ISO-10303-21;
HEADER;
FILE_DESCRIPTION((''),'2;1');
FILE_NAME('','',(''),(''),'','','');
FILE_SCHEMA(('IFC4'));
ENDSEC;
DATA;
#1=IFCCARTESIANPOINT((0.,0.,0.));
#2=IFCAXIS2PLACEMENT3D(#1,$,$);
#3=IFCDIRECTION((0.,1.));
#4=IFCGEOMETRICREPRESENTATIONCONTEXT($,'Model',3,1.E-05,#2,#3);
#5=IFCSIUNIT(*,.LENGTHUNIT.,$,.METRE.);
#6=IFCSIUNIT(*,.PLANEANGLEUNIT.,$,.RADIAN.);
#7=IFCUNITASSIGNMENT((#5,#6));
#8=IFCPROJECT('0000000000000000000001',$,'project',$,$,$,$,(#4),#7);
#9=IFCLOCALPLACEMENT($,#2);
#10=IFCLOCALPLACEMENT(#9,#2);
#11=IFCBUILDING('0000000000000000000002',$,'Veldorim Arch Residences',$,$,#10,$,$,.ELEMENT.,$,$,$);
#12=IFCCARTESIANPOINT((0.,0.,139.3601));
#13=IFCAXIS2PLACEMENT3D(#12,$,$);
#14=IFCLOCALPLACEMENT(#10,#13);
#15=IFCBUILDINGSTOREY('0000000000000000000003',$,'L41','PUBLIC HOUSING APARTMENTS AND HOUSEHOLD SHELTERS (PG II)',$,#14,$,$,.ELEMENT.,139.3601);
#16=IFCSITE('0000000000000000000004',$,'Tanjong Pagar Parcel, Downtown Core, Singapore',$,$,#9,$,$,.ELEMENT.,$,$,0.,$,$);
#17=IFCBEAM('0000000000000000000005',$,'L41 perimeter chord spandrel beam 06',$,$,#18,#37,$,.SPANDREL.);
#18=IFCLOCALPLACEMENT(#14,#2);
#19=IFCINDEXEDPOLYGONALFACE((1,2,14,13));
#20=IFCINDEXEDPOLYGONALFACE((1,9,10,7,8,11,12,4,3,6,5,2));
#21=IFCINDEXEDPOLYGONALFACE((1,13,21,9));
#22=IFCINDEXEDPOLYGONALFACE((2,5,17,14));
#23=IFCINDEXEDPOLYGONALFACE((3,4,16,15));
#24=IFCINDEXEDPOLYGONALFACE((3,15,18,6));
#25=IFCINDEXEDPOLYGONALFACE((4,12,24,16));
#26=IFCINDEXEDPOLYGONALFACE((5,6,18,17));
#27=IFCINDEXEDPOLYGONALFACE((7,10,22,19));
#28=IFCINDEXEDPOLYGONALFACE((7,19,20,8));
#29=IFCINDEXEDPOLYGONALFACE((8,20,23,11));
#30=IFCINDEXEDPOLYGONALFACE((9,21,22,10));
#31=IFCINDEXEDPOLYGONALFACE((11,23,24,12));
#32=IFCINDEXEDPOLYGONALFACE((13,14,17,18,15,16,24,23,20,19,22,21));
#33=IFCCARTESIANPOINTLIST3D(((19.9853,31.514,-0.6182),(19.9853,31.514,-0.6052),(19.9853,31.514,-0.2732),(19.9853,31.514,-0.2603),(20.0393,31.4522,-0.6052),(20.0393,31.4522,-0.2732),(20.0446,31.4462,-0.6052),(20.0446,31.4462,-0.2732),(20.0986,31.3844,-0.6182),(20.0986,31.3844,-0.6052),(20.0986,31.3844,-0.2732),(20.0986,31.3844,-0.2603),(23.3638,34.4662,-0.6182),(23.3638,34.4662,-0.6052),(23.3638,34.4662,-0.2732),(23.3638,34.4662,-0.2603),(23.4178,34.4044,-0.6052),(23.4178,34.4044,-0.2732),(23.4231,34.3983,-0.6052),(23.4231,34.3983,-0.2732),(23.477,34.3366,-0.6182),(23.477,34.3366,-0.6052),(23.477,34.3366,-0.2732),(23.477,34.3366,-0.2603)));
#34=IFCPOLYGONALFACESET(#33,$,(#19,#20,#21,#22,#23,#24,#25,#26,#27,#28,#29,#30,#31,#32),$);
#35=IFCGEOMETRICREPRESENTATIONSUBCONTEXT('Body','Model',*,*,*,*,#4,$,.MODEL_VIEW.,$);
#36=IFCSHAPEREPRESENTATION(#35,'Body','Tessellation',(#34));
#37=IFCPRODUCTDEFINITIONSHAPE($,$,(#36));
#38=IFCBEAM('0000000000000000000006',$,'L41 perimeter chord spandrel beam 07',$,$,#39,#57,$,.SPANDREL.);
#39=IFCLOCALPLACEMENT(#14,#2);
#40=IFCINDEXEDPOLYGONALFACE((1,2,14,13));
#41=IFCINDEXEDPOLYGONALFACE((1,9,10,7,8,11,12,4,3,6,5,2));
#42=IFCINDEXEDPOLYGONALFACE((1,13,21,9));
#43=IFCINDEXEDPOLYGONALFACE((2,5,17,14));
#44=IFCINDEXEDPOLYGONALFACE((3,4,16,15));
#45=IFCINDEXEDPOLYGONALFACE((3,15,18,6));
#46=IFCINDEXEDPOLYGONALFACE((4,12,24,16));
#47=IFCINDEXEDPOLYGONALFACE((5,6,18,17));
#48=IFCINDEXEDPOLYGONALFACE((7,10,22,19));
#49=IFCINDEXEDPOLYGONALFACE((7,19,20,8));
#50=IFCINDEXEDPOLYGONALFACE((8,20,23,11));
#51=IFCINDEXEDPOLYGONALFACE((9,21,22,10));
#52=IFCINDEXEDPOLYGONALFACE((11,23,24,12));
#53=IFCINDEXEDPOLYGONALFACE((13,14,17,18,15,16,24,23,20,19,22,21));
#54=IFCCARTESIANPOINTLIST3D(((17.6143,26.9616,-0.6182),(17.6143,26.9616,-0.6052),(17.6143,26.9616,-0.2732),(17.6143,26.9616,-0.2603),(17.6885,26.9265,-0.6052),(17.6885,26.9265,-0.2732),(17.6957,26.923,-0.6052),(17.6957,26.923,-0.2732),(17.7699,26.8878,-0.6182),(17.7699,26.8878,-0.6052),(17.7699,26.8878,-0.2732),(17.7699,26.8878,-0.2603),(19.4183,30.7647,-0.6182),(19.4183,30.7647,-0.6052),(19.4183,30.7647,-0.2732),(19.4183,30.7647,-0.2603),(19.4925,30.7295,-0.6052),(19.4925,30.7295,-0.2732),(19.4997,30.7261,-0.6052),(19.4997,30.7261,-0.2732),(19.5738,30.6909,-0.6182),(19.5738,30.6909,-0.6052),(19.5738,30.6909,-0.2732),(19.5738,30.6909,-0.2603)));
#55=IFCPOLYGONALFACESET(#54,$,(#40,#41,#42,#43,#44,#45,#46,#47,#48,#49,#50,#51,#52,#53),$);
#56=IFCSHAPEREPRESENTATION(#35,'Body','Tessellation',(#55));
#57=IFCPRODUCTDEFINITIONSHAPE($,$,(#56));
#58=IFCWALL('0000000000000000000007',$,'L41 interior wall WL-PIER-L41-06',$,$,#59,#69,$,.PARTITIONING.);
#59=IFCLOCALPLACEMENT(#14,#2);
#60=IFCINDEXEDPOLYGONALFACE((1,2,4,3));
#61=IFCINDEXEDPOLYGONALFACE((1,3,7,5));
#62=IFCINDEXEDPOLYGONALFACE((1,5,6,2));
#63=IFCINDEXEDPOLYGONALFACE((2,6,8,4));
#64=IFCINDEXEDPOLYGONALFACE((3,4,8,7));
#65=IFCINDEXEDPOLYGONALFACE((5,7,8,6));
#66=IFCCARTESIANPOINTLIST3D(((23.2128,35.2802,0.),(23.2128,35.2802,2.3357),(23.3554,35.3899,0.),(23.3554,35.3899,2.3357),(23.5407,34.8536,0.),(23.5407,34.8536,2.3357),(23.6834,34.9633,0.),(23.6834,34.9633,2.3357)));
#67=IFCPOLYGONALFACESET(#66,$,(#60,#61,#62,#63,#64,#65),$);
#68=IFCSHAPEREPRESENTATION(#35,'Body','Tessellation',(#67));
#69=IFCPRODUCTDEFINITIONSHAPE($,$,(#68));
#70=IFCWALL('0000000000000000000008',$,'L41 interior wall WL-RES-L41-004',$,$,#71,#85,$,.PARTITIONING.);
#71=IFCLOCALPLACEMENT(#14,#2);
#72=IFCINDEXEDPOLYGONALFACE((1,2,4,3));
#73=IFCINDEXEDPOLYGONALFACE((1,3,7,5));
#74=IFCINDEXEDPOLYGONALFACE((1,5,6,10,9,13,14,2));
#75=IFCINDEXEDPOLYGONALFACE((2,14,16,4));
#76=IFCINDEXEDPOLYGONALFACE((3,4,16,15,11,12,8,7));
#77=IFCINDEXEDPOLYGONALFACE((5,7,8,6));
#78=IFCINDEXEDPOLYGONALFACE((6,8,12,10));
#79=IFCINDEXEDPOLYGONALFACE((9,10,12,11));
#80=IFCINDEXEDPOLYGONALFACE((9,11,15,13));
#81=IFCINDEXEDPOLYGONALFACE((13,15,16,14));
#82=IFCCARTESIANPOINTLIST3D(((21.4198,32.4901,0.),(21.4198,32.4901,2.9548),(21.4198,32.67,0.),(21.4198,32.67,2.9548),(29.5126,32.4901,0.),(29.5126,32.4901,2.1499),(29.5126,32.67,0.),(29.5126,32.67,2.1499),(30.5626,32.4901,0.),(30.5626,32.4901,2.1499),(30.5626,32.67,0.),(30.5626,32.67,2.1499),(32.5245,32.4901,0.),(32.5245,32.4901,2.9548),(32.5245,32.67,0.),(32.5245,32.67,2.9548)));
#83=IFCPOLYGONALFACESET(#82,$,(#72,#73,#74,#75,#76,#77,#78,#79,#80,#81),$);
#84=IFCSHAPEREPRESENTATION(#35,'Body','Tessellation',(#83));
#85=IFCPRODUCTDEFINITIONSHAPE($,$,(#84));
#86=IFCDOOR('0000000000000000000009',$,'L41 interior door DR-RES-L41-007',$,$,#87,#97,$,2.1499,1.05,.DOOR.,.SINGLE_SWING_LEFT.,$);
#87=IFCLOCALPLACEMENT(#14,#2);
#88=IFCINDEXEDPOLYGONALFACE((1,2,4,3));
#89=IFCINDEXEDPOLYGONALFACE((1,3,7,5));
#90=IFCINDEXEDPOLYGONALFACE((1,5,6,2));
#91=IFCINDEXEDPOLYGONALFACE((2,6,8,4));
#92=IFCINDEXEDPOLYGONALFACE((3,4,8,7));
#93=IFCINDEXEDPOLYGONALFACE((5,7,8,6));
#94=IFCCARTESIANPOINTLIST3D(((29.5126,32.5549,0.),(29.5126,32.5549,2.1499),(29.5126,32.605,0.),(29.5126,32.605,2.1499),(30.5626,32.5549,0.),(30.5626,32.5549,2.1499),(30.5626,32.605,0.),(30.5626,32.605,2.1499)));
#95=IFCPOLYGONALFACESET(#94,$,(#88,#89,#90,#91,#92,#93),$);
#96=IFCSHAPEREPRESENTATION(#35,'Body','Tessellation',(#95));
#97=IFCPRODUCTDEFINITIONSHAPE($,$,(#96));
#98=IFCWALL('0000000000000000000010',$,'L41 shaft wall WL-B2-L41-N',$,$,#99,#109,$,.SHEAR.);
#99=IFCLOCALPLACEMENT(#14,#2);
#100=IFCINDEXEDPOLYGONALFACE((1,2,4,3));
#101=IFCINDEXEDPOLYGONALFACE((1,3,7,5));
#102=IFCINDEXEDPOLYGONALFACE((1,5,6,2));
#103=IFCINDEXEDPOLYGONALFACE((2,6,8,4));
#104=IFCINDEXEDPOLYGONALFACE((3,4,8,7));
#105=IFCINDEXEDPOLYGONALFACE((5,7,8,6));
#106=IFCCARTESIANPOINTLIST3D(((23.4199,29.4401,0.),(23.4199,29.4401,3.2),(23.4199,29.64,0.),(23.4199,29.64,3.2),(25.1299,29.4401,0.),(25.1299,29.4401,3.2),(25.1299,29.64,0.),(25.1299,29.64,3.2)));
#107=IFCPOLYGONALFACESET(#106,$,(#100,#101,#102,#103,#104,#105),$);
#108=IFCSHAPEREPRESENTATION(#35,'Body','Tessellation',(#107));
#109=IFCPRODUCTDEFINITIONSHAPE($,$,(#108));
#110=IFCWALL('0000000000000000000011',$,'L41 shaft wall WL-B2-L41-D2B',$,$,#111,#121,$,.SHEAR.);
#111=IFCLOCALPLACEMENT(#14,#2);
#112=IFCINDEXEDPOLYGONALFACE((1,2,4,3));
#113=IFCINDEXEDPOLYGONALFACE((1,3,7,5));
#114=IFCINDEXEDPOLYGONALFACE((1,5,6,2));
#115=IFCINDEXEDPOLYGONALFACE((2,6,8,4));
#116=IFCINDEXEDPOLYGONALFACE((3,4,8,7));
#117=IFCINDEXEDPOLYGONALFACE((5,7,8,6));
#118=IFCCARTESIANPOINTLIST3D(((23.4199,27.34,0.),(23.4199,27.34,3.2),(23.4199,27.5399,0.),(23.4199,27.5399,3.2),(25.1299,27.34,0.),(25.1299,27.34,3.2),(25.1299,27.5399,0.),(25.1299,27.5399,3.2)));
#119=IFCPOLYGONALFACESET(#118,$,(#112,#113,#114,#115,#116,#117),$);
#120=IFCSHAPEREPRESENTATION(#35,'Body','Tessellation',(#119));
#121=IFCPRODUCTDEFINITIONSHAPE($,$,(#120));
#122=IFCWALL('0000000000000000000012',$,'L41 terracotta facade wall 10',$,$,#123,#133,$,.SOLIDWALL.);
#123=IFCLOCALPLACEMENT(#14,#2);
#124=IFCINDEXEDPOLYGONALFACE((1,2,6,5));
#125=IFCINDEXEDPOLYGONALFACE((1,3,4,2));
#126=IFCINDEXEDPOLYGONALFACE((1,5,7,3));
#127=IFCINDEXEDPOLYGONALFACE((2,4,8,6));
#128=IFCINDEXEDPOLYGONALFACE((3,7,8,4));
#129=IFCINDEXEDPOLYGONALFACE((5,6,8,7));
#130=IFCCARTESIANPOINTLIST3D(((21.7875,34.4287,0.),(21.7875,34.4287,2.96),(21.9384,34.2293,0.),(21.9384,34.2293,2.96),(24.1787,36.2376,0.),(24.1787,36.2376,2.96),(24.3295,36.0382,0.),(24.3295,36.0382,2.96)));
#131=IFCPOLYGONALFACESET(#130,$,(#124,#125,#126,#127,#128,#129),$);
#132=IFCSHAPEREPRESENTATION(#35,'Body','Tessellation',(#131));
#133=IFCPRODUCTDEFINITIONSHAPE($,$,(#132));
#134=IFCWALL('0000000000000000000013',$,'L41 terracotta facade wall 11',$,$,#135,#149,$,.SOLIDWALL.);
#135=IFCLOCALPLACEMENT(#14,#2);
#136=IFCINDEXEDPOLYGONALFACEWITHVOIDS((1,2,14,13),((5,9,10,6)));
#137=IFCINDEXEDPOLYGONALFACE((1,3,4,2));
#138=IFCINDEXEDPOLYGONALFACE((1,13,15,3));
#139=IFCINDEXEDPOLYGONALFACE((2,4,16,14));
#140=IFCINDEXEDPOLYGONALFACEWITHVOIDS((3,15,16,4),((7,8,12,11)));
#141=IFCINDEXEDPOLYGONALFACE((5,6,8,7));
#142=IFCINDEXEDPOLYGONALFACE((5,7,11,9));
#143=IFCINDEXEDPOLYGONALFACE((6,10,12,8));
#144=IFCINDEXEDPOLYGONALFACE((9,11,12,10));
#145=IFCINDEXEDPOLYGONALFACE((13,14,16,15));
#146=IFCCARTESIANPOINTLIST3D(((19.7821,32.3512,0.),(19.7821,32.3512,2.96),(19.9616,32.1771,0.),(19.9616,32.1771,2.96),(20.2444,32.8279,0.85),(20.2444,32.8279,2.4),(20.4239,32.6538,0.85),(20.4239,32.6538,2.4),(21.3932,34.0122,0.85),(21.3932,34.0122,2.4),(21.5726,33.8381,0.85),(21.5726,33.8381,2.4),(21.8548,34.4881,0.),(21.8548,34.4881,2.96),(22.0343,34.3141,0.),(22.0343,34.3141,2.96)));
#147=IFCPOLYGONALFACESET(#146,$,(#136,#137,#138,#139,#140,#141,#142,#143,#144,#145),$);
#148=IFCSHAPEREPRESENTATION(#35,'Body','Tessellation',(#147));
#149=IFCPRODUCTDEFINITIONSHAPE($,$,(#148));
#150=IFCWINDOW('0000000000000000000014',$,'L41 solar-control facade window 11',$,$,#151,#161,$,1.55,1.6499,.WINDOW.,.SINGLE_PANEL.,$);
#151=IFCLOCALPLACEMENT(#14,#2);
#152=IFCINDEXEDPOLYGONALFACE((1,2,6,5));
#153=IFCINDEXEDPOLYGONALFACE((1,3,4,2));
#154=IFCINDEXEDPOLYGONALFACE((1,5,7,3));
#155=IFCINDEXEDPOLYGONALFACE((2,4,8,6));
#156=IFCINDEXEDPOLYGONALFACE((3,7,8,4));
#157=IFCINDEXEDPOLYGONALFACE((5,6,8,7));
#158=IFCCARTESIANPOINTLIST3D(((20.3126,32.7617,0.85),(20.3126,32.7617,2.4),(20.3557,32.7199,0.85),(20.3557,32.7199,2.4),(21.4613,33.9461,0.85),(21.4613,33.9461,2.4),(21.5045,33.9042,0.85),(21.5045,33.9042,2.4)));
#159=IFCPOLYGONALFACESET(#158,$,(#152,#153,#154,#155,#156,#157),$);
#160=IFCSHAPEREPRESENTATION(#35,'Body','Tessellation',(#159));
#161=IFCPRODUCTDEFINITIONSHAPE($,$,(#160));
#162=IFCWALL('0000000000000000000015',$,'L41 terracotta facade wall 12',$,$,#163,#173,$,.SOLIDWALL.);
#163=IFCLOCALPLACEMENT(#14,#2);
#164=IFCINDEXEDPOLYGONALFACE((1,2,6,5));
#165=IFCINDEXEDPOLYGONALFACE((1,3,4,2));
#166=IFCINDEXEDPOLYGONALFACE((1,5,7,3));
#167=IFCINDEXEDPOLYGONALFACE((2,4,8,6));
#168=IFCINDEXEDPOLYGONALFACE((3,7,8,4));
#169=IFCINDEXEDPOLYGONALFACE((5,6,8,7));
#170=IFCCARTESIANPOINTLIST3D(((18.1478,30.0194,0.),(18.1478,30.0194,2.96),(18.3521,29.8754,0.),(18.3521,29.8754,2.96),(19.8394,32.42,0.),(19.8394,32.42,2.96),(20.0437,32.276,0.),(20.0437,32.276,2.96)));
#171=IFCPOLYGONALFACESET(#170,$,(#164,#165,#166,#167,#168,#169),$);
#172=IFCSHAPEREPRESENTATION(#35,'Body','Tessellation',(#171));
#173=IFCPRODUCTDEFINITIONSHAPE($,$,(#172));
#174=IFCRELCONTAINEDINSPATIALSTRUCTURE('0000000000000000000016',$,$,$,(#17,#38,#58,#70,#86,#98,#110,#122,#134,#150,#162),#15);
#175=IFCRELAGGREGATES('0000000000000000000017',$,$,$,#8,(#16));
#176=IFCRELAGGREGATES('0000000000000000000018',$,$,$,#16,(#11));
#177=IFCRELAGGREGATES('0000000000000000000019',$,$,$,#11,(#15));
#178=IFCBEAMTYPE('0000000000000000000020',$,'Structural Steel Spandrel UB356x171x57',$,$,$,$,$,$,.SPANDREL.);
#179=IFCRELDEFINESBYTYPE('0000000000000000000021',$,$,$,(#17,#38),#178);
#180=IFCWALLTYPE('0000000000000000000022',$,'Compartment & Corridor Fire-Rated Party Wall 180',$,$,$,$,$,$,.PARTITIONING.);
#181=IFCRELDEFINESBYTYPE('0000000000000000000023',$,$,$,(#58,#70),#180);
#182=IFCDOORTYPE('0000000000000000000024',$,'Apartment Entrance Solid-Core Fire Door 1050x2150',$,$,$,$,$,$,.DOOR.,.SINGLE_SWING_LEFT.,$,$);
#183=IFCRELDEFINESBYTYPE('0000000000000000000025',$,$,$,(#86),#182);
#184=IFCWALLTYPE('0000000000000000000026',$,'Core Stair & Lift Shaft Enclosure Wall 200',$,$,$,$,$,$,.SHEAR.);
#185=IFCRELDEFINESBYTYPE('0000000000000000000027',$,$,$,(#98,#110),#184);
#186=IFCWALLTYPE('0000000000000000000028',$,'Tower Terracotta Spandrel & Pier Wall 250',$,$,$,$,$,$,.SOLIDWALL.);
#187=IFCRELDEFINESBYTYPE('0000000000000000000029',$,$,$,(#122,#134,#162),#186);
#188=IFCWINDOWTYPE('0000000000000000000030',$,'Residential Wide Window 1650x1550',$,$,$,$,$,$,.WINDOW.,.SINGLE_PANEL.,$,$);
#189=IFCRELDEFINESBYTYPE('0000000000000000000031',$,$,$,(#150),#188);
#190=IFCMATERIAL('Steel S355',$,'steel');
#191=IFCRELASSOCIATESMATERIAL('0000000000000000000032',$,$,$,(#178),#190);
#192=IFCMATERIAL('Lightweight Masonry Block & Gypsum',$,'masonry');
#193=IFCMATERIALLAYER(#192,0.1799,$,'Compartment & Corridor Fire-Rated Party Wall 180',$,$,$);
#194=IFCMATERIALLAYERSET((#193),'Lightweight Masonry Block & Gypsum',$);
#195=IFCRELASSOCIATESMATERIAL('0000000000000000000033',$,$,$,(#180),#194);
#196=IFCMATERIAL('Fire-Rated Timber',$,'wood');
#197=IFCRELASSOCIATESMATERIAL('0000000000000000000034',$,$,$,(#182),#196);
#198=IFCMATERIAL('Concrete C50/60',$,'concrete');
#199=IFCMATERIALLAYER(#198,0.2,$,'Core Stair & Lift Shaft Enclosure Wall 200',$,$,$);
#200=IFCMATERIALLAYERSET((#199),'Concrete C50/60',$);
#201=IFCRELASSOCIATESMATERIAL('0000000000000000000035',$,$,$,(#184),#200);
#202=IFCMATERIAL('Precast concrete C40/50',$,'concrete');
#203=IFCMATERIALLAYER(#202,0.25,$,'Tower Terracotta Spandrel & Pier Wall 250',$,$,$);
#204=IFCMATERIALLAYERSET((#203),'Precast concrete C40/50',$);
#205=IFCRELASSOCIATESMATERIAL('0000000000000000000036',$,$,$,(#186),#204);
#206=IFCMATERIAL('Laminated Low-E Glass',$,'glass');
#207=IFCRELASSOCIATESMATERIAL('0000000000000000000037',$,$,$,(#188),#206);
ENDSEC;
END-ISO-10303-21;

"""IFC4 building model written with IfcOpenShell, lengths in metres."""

from ifc_helpers import new_model, si_unit, direction, frame, frame_2d, origin, origin_2d, place, context, subcontext, project, spatial, rectangle, i_section, extrude, material, layer, layer_set, material_profile, profile_set, type_object, element, fill, save


model = new_model("IFC4")

# Units and contexts
model_context = context("Model", 3, precision=1e-05, world=origin(), true_north=direction((0.0, 1.0)))
body_context = subcontext(model_context, "Body", "Model", "MODEL_VIEW")
ifc_project = project(units=[si_unit("LENGTHUNIT", "METRE"), si_unit("PLANEANGLEUNIT", "RADIAN")], contexts=[model_context])

# Site, building, storey
site_placement = place(None, origin())
site = spatial("IfcSite", under=ifc_project, at=site_placement, Name="Tanjong Pagar Parcel, Downtown Core, Singapore", CompositionType="ELEMENT", RefElevation=0.0)
building_placement = place(site_placement, origin())
building = spatial("IfcBuilding", under=site, at=building_placement, Name="Veldorim Arch Residences", CompositionType="ELEMENT")
storey_placement = place(building_placement, frame((0.0, 0.0, 139.3601)))
storey = spatial("IfcBuildingStorey", under=building, at=storey_placement, Name="L41", Description="PUBLIC HOUSING APARTMENTS AND HOUSEHOLD SHELTERS (PG II)", CompositionType="ELEMENT", Elevation=139.3601)

# Beams
ifc_material_1 = material(Name="Steel S355", Category="steel")
ifc_material_profile_1 = material_profile(ifc_material_1, i_section(OverallWidth=0.1721, OverallDepth=0.3579, WebThickness=0.0081, FlangeThickness=0.0129, at=origin_2d()), Name="UB356x171x57")
ifc_profile_set_1 = profile_set([ifc_material_profile_1], Name="Steel S355")
beam_type_1 = type_object("IfcBeamType", Name="Structural Steel Spandrel UB356x171x57", PredefinedType="SPANDREL", material=ifc_profile_set_1)
beam_1_placement = place(storey_placement, frame((23.4204, 34.4014, -0.4392), z_axis=(-0.753015, -0.658004, 0.0), x_axis=(0.658004, -0.753015, 0.0)))
element("IfcBeam", 1, at=beam_1_placement, inside=storey, type_object=beam_type_1, Name="L41 perimeter chord spandrel beam 06", PredefinedType="SPANDREL", context=body_context, shape_type="SweptSolid", body=[
    extrude(i_section(OverallWidth=0.1721, OverallDepth=0.3579, WebThickness=0.0081, FlangeThickness=0.0129, at=origin_2d()), origin(), (0.0, 0.0, 1.0), 4.4866),
])
beam_2_placement = place(storey_placement, frame((19.4961, 30.7278, -0.4392), z_axis=(-0.42858, -0.903504, 0.0), x_axis=(0.903504, -0.42858, 0.0)))
element("IfcBeam", 2, at=beam_2_placement, inside=storey, type_object=beam_type_1, Name="L41 perimeter chord spandrel beam 07", PredefinedType="SPANDREL", context=body_context, shape_type="SweptSolid", body=[
    extrude(i_section(OverallWidth=0.1721, OverallDepth=0.3579, WebThickness=0.0081, FlangeThickness=0.0129, at=origin_2d()), origin(), (0.0, 0.0, 1.0), 4.2092),
])

# Wall
ifc_material_2 = material(Name="Lightweight Masonry Block & Gypsum", Category="masonry")
ifc_layer_1 = layer(ifc_material_2, 0.1799, Name="Compartment & Corridor Fire-Rated Party Wall 180")
ifc_layer_set_1 = layer_set([ifc_layer_1], Name="Lightweight Masonry Block & Gypsum")
wall_type_1 = type_object("IfcWallType", Name="Compartment & Corridor Fire-Rated Party Wall 180", PredefinedType="PARTITIONING", material=ifc_layer_set_1)
wall_1_placement = place(storey_placement, frame((23.6121, 34.9084, 0.0), z_axis=(0.0, 0.0, 1.0), x_axis=(-0.609469, 0.79281, 0.0)))
element("IfcWall", 3, at=wall_1_placement, inside=storey, type_object=wall_type_1, Name="L41 interior wall WL-PIER-L41-06", PredefinedType="PARTITIONING", context=body_context, shape_type="SweptSolid", body=[
    extrude(rectangle(XDim=0.5381, YDim=0.1799, at=frame_2d((0.269, 0.0))), origin(), (0.0, 0.0, 1.0), 2.3357),
])

# Wall, opening, door
wall_2_placement = place(storey_placement, frame((21.4199, 32.5801, 0.0), z_axis=(0.0, 0.0, 1.0), x_axis=(1.0, 0.0, 0.0)))
wall_2 = element("IfcWall", 4, at=wall_2_placement, inside=storey, type_object=wall_type_1, Name="L41 interior wall WL-RES-L41-004", PredefinedType="PARTITIONING", context=body_context, shape_type="SweptSolid", body=[
    extrude(rectangle(XDim=11.1047, YDim=0.1799, at=frame_2d((5.5522, 0.0))), origin(), (0.0, 0.0, 1.0), 2.9548),
])
opening_1_placement = place(wall_2_placement, frame((8.0928, 0.0, 0.0)))
opening_1 = element("IfcOpeningElement", 5, at=opening_1_placement, cuts=wall_2, PredefinedType="OPENING", context=body_context, shape_type="SweptSolid", body=[
    extrude(rectangle(XDim=1.05, YDim=2.1499, at=frame_2d((0.5249, 1.075))), frame((0.0, 0.0999, 0.0), z_axis=(0.0, -1.0, 0.0), x_axis=(1.0, 0.0, 0.0)), (0.0, 0.0, 1.0), 0.2),
])
ifc_material_3 = material(Name="Fire-Rated Timber", Category="wood")
door_type_1 = type_object("IfcDoorType", Name="Apartment Entrance Solid-Core Fire Door 1050x2150", OperationType="SINGLE_SWING_LEFT", PredefinedType="DOOR", material=ifc_material_3)
door_1_placement = place(opening_1_placement, origin())
door_1 = element("IfcDoor", 6, at=door_1_placement, inside=storey, type_object=door_type_1, Name="L41 interior door DR-RES-L41-007", OperationType="SINGLE_SWING_LEFT", OverallHeight=2.1499, OverallWidth=1.05, PredefinedType="DOOR", context=body_context, shape_type="SweptSolid", body=[
    extrude(rectangle(XDim=1.05, YDim=2.1499, at=frame_2d((0.5249, 1.075))), frame((0.0, 0.0249, 0.0), z_axis=(0.0, -1.0, 0.0), x_axis=(1.0, 0.0, 0.0)), (0.0, 0.0, 1.0), 0.05),
])
fill(opening_1, door_1)

# Walls
ifc_material_4 = material(Name="Concrete C50/60", Category="concrete")
ifc_layer_2 = layer(ifc_material_4, 0.2, Name="Core Stair & Lift Shaft Enclosure Wall 200")
ifc_layer_set_2 = layer_set([ifc_layer_2], Name="Concrete C50/60")
wall_type_2 = type_object("IfcWallType", Name="Core Stair & Lift Shaft Enclosure Wall 200", PredefinedType="SHEAR", material=ifc_layer_set_2)
for number, where, z_axis, x_axis, name in (
    (7, (23.4199, 29.54, 0.0), (0.0, 0.0, 1.0), (1.0, 0.0, 0.0), "L41 shaft wall WL-B2-L41-N"),
    (8, (23.4199, 27.4399, 0.0), (0.0, 0.0, 1.0), (1.0, 0.0, 0.0), "L41 shaft wall WL-B2-L41-D2B"),
):
    element("IfcWall", number, at=place(storey_placement, frame(where, z_axis=z_axis, x_axis=x_axis)), inside=storey, type_object=wall_type_2, Name=name, PredefinedType="SHEAR", context=body_context, shape_type="SweptSolid", body=[
        extrude(rectangle(XDim=1.71, YDim=0.2, at=frame_2d((0.855, 0.0))), origin(), (0.0, 0.0, 1.0), 3.2),
    ])

# Wall
ifc_material_5 = material(Name="Precast concrete C40/50", Category="concrete")
ifc_layer_3 = layer(ifc_material_5, 0.25, Name="Tower Terracotta Spandrel & Pier Wall 250")
ifc_layer_set_3 = layer_set([ifc_layer_3], Name="Precast concrete C40/50")
wall_type_3 = type_object("IfcWallType", Name="Tower Terracotta Spandrel & Pier Wall 250", PredefinedType="SOLIDWALL", material=ifc_layer_set_3)
wall_3_placement = place(storey_placement, frame((21.863, 34.3291, 0.0), z_axis=(0.0, 0.0, 1.0), x_axis=(0.797511, 0.603304, 0.0)))
element("IfcWall", 9, at=wall_3_placement, inside=storey, type_object=wall_type_3, Name="L41 terracotta facade wall 10", PredefinedType="SOLIDWALL", context=body_context, shape_type="SweptSolid", body=[
    extrude(rectangle(XDim=2.9983, YDim=0.25, at=frame_2d((1.499, 0.0))), origin(), (0.0, 0.0, 1.0), 2.96),
])

# Wall, opening, window
wall_4_placement = place(storey_placement, frame((19.8718, 32.2642, 0.0), z_axis=(0.0, 0.0, 1.0), x_axis=(0.696241, 0.717808, 0.0)))
wall_4 = element("IfcWall", 10, at=wall_4_placement, inside=storey, type_object=wall_type_3, Name="L41 terracotta facade wall 11", PredefinedType="SOLIDWALL", context=body_context, shape_type="SweptSolid", body=[
    extrude(rectangle(XDim=2.9771, YDim=0.25, at=frame_2d((1.4885, 0.0))), origin(), (0.0, 0.0, 1.0), 2.96),
])
opening_2_placement = place(wall_4_placement, frame((0.6641, 0.0, 0.8501)))
opening_2 = element("IfcOpeningElement", 11, at=opening_2_placement, cuts=wall_4, PredefinedType="OPENING", context=body_context, shape_type="SweptSolid", body=[
    extrude(rectangle(XDim=1.6499, YDim=1.55, at=frame_2d((0.825, 0.7749))), frame((0.0, 0.135, 0.0), z_axis=(0.0, -1.0, 0.0), x_axis=(1.0, 0.0, 0.0)), (0.0, 0.0, 1.0), 0.27),
])
ifc_material_6 = material(Name="Laminated Low-E Glass", Category="glass")
window_type = type_object("IfcWindowType", Name="Residential Wide Window 1650x1550", PartitioningType="SINGLE_PANEL", PredefinedType="WINDOW", material=ifc_material_6)
window_1_placement = place(opening_2_placement, origin())
window_1 = element("IfcWindow", 12, at=window_1_placement, inside=storey, type_object=window_type, Name="L41 solar-control facade window 11", OverallHeight=1.55, OverallWidth=1.6499, PartitioningType="SINGLE_PANEL", PredefinedType="WINDOW", context=body_context, shape_type="SweptSolid", body=[
    extrude(rectangle(XDim=1.6499, YDim=1.55, at=frame_2d((0.825, 0.7749))), frame((0.0, 0.03, 0.0), z_axis=(0.0, -1.0, 0.0), x_axis=(1.0, 0.0, 0.0)), (0.0, 0.0, 1.0), 0.0601),
])
fill(opening_2, window_1)

# Wall
wall_5_placement = place(storey_placement, frame((18.25, 29.9475, 0.0), z_axis=(0.0, 0.0, 1.0), x_axis=(0.57602, 0.817435, 0.0)))
element("IfcWall", 13, at=wall_5_placement, inside=storey, type_object=wall_type_3, Name="L41 terracotta facade wall 12", PredefinedType="SOLIDWALL", context=body_context, shape_type="SweptSolid", body=[
    extrude(rectangle(XDim=2.9368, YDim=0.25, at=frame_2d((1.4683, 0.0))), origin(), (0.0, 0.0, 1.0), 2.96),
])

save(model, "model.ifc")
